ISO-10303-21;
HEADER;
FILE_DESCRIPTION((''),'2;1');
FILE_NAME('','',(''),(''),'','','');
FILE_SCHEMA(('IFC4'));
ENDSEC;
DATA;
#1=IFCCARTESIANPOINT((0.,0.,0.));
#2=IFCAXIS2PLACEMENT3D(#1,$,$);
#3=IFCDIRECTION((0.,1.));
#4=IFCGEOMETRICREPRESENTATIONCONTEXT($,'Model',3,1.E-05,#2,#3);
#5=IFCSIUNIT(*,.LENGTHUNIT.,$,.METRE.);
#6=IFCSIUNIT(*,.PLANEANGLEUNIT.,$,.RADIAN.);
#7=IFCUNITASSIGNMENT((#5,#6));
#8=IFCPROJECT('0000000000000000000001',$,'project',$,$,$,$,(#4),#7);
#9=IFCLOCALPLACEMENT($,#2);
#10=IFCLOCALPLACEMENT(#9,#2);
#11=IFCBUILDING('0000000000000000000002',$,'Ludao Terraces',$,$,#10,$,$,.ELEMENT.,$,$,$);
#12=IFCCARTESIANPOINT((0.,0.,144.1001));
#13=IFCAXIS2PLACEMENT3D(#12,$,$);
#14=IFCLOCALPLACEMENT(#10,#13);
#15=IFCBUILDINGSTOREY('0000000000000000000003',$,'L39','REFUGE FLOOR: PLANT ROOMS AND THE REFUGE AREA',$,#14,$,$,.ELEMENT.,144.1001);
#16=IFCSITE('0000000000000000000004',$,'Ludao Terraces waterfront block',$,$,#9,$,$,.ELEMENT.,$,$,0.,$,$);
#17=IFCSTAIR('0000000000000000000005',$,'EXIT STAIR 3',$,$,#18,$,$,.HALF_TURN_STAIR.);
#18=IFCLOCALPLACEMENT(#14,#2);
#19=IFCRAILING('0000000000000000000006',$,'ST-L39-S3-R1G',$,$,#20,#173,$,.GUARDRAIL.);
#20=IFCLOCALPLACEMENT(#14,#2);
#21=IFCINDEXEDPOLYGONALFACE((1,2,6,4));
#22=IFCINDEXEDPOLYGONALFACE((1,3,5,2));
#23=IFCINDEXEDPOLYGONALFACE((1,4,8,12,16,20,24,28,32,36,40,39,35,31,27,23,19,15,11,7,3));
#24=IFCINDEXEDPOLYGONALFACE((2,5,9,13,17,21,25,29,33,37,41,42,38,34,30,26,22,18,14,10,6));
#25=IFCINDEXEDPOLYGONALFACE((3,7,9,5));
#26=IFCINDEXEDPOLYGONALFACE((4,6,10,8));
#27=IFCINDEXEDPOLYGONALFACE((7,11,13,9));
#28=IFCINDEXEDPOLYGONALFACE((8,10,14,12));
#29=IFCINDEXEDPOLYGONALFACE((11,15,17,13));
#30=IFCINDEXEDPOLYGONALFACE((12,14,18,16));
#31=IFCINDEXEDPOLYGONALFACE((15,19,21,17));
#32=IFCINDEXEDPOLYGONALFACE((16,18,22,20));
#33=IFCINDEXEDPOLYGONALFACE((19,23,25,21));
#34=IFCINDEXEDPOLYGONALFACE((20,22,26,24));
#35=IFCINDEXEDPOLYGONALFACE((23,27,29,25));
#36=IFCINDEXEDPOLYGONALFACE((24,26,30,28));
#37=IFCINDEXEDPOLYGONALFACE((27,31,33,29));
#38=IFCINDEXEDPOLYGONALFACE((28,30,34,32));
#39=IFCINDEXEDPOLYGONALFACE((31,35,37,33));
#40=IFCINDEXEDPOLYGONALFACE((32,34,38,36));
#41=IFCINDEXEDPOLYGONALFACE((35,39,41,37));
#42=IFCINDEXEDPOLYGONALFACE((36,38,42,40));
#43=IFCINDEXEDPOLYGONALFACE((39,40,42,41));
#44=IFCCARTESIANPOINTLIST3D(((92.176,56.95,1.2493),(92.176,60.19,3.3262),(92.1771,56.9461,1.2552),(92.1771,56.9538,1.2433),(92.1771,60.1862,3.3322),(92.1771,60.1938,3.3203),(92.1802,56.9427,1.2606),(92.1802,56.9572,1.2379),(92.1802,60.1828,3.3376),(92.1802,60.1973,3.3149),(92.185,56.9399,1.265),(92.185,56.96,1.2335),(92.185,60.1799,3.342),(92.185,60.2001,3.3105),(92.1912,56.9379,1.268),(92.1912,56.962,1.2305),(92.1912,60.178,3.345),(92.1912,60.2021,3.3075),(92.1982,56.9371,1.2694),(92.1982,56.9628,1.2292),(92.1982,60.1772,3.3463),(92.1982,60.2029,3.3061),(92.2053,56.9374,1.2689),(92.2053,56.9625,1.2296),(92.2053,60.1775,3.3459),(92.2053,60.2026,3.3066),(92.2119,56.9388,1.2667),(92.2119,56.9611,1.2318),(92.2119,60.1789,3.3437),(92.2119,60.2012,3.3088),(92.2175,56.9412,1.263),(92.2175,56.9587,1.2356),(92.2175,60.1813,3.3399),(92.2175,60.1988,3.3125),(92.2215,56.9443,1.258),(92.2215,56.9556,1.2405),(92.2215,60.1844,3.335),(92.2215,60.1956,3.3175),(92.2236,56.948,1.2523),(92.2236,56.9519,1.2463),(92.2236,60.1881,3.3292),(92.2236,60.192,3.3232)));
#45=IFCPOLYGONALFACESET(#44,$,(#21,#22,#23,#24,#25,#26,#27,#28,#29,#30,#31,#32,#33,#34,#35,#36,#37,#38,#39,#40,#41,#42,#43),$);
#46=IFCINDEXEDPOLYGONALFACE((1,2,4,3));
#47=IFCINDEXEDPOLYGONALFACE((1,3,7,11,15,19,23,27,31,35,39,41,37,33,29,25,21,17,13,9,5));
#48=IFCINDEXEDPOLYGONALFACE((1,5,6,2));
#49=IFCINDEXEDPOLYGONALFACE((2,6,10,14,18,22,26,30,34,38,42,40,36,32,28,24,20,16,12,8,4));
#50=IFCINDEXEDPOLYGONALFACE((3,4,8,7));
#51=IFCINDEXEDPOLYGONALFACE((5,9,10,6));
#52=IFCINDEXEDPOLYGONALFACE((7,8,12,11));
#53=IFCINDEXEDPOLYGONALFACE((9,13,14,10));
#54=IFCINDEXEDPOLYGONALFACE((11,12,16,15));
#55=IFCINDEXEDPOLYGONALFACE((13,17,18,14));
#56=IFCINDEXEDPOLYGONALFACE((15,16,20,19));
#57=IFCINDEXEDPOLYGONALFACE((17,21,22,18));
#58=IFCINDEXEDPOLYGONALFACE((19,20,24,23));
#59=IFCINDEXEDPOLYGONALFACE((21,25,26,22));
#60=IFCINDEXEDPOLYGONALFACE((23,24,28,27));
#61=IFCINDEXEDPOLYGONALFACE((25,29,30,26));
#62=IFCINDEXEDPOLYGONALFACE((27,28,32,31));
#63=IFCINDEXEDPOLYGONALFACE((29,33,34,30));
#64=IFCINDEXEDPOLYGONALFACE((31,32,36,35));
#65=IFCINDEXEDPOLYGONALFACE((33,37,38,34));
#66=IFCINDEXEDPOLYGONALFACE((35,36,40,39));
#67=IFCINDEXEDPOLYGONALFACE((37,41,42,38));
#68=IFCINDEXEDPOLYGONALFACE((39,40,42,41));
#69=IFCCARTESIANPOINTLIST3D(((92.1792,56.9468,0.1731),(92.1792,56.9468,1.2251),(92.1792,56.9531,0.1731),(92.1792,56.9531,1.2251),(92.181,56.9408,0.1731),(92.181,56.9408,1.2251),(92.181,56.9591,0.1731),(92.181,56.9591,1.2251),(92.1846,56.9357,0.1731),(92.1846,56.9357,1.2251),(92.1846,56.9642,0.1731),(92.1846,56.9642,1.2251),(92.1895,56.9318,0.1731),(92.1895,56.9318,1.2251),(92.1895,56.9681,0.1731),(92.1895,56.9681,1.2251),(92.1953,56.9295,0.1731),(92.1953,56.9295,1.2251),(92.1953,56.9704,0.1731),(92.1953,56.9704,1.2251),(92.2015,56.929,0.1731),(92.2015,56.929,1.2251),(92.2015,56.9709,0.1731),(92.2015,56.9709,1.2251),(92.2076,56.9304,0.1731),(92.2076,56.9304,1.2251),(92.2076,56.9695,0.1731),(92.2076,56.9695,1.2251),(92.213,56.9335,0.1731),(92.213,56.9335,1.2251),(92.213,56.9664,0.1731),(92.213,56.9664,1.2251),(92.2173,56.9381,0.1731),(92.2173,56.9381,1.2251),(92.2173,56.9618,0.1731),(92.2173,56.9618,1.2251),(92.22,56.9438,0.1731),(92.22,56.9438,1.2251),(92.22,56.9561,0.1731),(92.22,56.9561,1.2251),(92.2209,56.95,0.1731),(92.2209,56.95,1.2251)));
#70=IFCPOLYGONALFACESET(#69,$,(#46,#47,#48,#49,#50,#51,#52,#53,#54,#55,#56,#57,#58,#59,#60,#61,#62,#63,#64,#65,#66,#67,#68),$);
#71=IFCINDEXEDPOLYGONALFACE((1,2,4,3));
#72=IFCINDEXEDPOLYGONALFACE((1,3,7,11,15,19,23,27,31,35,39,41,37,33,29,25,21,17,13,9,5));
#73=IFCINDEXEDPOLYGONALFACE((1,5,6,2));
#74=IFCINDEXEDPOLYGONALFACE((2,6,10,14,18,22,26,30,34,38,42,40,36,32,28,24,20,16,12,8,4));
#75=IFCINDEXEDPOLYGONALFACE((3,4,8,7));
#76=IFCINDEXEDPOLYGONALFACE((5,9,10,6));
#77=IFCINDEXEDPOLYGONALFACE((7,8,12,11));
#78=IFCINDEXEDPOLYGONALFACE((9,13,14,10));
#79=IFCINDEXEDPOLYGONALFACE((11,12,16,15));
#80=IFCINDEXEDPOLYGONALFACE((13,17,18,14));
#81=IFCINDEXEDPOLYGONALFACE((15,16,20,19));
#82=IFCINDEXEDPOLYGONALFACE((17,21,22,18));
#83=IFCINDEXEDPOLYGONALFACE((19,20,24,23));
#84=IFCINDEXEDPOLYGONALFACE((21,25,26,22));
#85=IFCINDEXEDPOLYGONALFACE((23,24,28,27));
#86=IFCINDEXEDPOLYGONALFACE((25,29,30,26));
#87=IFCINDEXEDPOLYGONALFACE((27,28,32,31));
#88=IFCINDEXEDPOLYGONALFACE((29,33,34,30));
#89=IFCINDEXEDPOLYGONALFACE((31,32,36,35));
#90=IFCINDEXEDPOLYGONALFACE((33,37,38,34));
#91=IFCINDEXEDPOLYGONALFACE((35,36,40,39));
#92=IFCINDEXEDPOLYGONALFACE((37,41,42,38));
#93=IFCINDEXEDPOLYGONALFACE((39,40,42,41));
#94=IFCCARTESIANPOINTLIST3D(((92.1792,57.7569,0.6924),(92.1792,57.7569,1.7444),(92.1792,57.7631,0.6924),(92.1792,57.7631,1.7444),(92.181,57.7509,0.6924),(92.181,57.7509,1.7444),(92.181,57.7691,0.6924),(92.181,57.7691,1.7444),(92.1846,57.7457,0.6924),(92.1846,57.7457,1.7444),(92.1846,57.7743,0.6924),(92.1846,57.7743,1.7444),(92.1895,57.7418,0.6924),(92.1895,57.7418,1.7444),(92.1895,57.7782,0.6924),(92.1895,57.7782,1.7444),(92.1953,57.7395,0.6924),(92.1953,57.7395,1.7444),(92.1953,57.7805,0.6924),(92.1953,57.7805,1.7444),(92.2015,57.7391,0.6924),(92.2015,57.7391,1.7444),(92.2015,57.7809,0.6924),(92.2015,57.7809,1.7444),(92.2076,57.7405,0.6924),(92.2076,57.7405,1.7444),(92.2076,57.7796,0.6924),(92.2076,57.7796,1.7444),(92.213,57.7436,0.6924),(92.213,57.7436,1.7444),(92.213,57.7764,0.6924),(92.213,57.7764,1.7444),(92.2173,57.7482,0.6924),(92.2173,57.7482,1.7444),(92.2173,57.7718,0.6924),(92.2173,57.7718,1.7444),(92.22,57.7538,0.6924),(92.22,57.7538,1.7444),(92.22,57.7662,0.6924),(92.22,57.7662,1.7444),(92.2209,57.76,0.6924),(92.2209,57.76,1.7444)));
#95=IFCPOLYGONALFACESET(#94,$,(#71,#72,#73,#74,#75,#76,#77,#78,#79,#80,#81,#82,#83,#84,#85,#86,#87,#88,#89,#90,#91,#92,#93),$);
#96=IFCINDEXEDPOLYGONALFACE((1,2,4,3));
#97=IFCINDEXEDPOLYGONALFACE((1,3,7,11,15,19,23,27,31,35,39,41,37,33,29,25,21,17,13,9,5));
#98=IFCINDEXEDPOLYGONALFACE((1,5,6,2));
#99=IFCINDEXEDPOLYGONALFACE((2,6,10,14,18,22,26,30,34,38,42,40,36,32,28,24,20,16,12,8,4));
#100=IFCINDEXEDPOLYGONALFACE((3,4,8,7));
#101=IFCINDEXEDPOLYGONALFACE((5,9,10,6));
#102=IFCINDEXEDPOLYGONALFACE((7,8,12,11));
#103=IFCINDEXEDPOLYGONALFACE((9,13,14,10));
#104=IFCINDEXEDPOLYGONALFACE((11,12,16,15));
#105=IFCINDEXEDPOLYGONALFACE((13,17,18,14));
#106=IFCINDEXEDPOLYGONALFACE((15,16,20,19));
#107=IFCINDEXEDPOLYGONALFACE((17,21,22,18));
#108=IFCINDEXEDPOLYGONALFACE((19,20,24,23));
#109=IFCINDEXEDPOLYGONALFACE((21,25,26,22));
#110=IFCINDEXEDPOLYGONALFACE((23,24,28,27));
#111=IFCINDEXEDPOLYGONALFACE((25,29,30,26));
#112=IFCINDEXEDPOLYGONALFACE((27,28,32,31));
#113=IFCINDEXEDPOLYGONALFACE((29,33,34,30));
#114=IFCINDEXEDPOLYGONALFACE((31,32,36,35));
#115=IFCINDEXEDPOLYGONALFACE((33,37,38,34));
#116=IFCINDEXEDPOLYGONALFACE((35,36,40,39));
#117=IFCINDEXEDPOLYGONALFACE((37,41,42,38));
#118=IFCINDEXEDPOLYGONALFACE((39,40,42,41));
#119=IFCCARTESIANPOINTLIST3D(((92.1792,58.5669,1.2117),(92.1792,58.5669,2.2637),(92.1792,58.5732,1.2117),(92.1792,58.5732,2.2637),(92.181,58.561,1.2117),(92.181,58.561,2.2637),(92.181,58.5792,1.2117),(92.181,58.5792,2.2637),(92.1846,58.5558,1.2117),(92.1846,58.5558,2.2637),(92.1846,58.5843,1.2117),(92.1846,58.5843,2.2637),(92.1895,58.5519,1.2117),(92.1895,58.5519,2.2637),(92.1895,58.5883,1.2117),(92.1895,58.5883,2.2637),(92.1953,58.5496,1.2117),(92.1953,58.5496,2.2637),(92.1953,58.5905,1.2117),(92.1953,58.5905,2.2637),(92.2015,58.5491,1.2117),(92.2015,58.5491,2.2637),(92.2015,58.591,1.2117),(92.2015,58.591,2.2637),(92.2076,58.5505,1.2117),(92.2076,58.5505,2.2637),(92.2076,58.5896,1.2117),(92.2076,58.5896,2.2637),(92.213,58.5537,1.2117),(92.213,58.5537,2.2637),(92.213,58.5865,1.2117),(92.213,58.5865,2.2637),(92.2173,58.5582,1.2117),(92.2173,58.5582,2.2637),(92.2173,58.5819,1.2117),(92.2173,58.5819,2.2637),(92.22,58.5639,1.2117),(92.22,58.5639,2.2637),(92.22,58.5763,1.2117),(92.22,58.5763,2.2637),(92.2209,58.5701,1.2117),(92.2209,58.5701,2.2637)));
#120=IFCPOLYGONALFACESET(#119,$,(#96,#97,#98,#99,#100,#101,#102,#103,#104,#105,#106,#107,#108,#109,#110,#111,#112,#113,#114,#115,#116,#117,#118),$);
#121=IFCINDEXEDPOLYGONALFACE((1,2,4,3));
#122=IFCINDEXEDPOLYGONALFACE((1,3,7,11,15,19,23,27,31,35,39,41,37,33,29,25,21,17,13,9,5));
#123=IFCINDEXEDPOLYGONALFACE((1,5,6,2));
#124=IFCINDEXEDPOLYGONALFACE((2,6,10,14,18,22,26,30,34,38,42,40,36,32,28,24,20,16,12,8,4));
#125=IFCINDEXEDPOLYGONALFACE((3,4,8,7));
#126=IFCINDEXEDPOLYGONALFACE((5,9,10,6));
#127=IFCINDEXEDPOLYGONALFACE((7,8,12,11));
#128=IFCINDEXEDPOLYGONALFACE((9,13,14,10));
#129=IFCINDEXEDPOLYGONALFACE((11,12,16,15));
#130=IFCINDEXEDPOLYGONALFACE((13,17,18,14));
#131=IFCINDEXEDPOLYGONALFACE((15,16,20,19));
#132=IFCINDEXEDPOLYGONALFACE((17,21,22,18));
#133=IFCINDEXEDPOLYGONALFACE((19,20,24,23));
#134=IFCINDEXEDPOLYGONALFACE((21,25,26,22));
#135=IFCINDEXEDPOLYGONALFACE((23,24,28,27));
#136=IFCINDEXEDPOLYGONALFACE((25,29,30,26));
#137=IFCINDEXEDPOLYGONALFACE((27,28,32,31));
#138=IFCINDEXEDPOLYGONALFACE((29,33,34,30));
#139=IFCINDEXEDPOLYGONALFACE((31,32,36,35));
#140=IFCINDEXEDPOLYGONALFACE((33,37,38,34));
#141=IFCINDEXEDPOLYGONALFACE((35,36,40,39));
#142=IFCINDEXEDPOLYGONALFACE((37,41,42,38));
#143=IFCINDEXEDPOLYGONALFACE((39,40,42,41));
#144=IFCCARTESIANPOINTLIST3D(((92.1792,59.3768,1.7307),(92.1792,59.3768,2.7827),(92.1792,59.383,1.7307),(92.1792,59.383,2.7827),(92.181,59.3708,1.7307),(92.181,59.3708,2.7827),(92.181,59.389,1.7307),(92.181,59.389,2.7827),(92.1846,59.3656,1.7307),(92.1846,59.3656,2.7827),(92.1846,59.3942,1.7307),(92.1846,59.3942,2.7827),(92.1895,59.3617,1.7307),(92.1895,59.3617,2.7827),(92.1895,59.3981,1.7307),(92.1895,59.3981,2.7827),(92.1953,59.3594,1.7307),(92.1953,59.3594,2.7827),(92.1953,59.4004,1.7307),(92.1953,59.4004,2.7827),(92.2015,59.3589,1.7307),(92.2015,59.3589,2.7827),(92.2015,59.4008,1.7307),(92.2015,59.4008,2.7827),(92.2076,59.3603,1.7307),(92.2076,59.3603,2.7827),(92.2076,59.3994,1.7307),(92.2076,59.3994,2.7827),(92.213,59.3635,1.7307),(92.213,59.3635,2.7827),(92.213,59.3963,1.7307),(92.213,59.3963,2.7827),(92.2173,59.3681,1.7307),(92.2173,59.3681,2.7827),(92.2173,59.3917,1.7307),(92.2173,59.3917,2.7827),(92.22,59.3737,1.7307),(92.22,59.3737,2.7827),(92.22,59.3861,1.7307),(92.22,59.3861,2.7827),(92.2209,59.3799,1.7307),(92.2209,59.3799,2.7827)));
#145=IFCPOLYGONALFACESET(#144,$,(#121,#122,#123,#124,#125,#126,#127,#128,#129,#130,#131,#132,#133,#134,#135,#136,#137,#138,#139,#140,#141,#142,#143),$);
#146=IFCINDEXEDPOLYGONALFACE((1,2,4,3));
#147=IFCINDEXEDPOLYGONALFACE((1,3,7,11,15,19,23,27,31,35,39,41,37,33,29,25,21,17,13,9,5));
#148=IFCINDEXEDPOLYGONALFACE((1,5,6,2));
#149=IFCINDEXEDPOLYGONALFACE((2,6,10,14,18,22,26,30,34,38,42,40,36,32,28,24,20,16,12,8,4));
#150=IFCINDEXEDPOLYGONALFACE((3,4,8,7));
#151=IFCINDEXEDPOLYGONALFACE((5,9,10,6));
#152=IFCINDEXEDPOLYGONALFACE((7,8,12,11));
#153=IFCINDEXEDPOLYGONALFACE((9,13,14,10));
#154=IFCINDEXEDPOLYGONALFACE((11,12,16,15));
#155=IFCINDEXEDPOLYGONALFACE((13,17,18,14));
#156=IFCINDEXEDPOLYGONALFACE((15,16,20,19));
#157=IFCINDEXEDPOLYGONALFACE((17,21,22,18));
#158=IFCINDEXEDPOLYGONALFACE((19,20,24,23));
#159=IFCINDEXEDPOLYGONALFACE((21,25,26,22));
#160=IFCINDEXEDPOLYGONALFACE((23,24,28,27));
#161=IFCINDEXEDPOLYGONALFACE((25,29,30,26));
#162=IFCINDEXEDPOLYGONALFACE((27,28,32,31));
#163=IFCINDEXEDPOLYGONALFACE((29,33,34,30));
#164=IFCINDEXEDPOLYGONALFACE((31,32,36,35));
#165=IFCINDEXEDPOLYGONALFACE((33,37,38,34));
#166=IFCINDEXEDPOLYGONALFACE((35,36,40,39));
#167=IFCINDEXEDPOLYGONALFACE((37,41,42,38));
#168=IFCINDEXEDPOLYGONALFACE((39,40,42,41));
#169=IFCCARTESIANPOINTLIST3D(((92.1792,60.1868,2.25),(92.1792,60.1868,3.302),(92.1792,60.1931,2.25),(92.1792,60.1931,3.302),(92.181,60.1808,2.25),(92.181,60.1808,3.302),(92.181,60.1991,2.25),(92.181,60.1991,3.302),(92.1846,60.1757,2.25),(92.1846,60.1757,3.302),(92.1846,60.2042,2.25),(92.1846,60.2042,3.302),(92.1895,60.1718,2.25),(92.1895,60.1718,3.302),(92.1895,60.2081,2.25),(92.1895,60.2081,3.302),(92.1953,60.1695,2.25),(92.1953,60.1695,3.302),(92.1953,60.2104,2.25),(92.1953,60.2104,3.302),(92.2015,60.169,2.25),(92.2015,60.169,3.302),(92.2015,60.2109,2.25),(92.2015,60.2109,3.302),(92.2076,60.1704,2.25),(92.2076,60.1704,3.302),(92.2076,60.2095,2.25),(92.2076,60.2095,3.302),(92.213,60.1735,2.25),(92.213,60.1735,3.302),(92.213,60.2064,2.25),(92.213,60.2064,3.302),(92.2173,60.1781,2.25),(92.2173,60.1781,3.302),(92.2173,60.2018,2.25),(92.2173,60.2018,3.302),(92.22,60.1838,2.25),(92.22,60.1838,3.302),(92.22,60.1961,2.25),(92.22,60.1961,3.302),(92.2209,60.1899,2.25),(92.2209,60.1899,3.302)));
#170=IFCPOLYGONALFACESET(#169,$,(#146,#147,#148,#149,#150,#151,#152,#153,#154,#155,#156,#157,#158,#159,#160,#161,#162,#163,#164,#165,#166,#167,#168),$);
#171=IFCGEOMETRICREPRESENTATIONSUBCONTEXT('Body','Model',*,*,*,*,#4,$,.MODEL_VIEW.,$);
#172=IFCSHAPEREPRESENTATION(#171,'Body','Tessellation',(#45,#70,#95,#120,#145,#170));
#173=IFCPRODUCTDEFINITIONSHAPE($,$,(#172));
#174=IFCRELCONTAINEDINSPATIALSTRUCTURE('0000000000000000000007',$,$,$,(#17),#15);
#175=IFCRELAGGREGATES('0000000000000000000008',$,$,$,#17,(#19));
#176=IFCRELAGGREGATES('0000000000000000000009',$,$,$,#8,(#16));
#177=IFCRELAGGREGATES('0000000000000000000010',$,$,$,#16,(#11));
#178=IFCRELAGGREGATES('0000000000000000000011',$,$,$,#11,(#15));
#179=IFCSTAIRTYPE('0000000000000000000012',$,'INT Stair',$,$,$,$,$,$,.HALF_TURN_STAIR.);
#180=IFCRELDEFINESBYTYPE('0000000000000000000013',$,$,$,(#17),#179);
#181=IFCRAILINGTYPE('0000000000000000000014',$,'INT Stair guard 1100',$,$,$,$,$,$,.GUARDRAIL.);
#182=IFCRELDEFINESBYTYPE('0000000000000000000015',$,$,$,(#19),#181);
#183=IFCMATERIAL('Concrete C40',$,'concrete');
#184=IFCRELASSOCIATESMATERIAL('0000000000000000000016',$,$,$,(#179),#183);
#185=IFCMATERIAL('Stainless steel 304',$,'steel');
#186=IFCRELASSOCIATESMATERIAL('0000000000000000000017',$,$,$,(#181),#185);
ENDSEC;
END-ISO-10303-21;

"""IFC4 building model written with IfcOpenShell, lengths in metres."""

from ifc_helpers import new_model, si_unit, direction, frame, origin, origin_2d, place, context, subcontext, project, spatial, circle, extrude, material, type_object, element, aggregate, save


model = new_model("IFC4")

# Units and contexts
model_context = context("Model", 3, precision=1e-05, world=origin(), true_north=direction((0.0, 1.0)))
body_context = subcontext(model_context, "Body", "Model", "MODEL_VIEW")
ifc_project = project(units=[si_unit("LENGTHUNIT", "METRE"), si_unit("PLANEANGLEUNIT", "RADIAN")], contexts=[model_context])

# Site, building, storey
site_placement = place(None, origin())
site = spatial("IfcSite", under=ifc_project, at=site_placement, Name="Ludao Terraces waterfront block", CompositionType="ELEMENT", RefElevation=0.0)
building_placement = place(site_placement, origin())
building = spatial("IfcBuilding", under=site, at=building_placement, Name="Ludao Terraces", CompositionType="ELEMENT")
storey_placement = place(building_placement, frame((0.0, 0.0, 144.1001)))
storey = spatial("IfcBuildingStorey", under=building, at=storey_placement, Name="L39", Description="REFUGE FLOOR: PLANT ROOMS AND THE REFUGE AREA", CompositionType="ELEMENT", Elevation=144.1001)

# Stair, railing
ifc_material_1 = material(Name="Concrete C40", Category="concrete")
stair_type = type_object("IfcStairType", Name="INT Stair", PredefinedType="HALF_TURN_STAIR", material=ifc_material_1)
stair_placement = place(storey_placement, origin())
stair = element("IfcStair", 1, at=stair_placement, inside=storey, type_object=stair_type, Name="EXIT STAIR 3", PredefinedType="HALF_TURN_STAIR")
ifc_material_2 = material(Name="Stainless steel 304", Category="steel")
railing_type_1 = type_object("IfcRailingType", Name="INT Stair guard 1100", PredefinedType="GUARDRAIL", material=ifc_material_2)
railing_1_placement = place(storey_placement, frame((92.2, 56.95, 0.1731)))
railing_1 = element("IfcRailing", 2, at=railing_1_placement, type_object=railing_type_1, Name="ST-L39-S3-R1G", PredefinedType="GUARDRAIL", context=body_context, shape_type="SweptSolid", body=[
    extrude(circle(Radius=0.0239, at=origin_2d()), frame((0.0, 0.0, 1.0762), z_axis=(0.0, 0.841881, 0.539664), x_axis=(-1.0, 0.0, 0.0)), (0.0, 0.0, 1.0), 3.8486),
    extrude(circle(Radius=0.021, at=origin_2d()), origin(), (0.0, 0.0, 1.0), 1.052),
    extrude(circle(Radius=0.021, at=origin_2d()), frame((0.0, 0.8101, 0.5193)), (0.0, 0.0, 1.0), 1.052),
    extrude(circle(Radius=0.021, at=origin_2d()), frame((0.0, 1.6201, 1.0386)), (0.0, 0.0, 1.0), 1.052),
    extrude(circle(Radius=0.021, at=origin_2d()), frame((0.0, 2.4299, 1.5576)), (0.0, 0.0, 1.0), 1.052),
    extrude(circle(Radius=0.021, at=origin_2d()), frame((0.0, 3.24, 2.0769)), (0.0, 0.0, 1.0), 1.052),
])
aggregate(stair, [railing_1])

save(model, "model.ifc")
